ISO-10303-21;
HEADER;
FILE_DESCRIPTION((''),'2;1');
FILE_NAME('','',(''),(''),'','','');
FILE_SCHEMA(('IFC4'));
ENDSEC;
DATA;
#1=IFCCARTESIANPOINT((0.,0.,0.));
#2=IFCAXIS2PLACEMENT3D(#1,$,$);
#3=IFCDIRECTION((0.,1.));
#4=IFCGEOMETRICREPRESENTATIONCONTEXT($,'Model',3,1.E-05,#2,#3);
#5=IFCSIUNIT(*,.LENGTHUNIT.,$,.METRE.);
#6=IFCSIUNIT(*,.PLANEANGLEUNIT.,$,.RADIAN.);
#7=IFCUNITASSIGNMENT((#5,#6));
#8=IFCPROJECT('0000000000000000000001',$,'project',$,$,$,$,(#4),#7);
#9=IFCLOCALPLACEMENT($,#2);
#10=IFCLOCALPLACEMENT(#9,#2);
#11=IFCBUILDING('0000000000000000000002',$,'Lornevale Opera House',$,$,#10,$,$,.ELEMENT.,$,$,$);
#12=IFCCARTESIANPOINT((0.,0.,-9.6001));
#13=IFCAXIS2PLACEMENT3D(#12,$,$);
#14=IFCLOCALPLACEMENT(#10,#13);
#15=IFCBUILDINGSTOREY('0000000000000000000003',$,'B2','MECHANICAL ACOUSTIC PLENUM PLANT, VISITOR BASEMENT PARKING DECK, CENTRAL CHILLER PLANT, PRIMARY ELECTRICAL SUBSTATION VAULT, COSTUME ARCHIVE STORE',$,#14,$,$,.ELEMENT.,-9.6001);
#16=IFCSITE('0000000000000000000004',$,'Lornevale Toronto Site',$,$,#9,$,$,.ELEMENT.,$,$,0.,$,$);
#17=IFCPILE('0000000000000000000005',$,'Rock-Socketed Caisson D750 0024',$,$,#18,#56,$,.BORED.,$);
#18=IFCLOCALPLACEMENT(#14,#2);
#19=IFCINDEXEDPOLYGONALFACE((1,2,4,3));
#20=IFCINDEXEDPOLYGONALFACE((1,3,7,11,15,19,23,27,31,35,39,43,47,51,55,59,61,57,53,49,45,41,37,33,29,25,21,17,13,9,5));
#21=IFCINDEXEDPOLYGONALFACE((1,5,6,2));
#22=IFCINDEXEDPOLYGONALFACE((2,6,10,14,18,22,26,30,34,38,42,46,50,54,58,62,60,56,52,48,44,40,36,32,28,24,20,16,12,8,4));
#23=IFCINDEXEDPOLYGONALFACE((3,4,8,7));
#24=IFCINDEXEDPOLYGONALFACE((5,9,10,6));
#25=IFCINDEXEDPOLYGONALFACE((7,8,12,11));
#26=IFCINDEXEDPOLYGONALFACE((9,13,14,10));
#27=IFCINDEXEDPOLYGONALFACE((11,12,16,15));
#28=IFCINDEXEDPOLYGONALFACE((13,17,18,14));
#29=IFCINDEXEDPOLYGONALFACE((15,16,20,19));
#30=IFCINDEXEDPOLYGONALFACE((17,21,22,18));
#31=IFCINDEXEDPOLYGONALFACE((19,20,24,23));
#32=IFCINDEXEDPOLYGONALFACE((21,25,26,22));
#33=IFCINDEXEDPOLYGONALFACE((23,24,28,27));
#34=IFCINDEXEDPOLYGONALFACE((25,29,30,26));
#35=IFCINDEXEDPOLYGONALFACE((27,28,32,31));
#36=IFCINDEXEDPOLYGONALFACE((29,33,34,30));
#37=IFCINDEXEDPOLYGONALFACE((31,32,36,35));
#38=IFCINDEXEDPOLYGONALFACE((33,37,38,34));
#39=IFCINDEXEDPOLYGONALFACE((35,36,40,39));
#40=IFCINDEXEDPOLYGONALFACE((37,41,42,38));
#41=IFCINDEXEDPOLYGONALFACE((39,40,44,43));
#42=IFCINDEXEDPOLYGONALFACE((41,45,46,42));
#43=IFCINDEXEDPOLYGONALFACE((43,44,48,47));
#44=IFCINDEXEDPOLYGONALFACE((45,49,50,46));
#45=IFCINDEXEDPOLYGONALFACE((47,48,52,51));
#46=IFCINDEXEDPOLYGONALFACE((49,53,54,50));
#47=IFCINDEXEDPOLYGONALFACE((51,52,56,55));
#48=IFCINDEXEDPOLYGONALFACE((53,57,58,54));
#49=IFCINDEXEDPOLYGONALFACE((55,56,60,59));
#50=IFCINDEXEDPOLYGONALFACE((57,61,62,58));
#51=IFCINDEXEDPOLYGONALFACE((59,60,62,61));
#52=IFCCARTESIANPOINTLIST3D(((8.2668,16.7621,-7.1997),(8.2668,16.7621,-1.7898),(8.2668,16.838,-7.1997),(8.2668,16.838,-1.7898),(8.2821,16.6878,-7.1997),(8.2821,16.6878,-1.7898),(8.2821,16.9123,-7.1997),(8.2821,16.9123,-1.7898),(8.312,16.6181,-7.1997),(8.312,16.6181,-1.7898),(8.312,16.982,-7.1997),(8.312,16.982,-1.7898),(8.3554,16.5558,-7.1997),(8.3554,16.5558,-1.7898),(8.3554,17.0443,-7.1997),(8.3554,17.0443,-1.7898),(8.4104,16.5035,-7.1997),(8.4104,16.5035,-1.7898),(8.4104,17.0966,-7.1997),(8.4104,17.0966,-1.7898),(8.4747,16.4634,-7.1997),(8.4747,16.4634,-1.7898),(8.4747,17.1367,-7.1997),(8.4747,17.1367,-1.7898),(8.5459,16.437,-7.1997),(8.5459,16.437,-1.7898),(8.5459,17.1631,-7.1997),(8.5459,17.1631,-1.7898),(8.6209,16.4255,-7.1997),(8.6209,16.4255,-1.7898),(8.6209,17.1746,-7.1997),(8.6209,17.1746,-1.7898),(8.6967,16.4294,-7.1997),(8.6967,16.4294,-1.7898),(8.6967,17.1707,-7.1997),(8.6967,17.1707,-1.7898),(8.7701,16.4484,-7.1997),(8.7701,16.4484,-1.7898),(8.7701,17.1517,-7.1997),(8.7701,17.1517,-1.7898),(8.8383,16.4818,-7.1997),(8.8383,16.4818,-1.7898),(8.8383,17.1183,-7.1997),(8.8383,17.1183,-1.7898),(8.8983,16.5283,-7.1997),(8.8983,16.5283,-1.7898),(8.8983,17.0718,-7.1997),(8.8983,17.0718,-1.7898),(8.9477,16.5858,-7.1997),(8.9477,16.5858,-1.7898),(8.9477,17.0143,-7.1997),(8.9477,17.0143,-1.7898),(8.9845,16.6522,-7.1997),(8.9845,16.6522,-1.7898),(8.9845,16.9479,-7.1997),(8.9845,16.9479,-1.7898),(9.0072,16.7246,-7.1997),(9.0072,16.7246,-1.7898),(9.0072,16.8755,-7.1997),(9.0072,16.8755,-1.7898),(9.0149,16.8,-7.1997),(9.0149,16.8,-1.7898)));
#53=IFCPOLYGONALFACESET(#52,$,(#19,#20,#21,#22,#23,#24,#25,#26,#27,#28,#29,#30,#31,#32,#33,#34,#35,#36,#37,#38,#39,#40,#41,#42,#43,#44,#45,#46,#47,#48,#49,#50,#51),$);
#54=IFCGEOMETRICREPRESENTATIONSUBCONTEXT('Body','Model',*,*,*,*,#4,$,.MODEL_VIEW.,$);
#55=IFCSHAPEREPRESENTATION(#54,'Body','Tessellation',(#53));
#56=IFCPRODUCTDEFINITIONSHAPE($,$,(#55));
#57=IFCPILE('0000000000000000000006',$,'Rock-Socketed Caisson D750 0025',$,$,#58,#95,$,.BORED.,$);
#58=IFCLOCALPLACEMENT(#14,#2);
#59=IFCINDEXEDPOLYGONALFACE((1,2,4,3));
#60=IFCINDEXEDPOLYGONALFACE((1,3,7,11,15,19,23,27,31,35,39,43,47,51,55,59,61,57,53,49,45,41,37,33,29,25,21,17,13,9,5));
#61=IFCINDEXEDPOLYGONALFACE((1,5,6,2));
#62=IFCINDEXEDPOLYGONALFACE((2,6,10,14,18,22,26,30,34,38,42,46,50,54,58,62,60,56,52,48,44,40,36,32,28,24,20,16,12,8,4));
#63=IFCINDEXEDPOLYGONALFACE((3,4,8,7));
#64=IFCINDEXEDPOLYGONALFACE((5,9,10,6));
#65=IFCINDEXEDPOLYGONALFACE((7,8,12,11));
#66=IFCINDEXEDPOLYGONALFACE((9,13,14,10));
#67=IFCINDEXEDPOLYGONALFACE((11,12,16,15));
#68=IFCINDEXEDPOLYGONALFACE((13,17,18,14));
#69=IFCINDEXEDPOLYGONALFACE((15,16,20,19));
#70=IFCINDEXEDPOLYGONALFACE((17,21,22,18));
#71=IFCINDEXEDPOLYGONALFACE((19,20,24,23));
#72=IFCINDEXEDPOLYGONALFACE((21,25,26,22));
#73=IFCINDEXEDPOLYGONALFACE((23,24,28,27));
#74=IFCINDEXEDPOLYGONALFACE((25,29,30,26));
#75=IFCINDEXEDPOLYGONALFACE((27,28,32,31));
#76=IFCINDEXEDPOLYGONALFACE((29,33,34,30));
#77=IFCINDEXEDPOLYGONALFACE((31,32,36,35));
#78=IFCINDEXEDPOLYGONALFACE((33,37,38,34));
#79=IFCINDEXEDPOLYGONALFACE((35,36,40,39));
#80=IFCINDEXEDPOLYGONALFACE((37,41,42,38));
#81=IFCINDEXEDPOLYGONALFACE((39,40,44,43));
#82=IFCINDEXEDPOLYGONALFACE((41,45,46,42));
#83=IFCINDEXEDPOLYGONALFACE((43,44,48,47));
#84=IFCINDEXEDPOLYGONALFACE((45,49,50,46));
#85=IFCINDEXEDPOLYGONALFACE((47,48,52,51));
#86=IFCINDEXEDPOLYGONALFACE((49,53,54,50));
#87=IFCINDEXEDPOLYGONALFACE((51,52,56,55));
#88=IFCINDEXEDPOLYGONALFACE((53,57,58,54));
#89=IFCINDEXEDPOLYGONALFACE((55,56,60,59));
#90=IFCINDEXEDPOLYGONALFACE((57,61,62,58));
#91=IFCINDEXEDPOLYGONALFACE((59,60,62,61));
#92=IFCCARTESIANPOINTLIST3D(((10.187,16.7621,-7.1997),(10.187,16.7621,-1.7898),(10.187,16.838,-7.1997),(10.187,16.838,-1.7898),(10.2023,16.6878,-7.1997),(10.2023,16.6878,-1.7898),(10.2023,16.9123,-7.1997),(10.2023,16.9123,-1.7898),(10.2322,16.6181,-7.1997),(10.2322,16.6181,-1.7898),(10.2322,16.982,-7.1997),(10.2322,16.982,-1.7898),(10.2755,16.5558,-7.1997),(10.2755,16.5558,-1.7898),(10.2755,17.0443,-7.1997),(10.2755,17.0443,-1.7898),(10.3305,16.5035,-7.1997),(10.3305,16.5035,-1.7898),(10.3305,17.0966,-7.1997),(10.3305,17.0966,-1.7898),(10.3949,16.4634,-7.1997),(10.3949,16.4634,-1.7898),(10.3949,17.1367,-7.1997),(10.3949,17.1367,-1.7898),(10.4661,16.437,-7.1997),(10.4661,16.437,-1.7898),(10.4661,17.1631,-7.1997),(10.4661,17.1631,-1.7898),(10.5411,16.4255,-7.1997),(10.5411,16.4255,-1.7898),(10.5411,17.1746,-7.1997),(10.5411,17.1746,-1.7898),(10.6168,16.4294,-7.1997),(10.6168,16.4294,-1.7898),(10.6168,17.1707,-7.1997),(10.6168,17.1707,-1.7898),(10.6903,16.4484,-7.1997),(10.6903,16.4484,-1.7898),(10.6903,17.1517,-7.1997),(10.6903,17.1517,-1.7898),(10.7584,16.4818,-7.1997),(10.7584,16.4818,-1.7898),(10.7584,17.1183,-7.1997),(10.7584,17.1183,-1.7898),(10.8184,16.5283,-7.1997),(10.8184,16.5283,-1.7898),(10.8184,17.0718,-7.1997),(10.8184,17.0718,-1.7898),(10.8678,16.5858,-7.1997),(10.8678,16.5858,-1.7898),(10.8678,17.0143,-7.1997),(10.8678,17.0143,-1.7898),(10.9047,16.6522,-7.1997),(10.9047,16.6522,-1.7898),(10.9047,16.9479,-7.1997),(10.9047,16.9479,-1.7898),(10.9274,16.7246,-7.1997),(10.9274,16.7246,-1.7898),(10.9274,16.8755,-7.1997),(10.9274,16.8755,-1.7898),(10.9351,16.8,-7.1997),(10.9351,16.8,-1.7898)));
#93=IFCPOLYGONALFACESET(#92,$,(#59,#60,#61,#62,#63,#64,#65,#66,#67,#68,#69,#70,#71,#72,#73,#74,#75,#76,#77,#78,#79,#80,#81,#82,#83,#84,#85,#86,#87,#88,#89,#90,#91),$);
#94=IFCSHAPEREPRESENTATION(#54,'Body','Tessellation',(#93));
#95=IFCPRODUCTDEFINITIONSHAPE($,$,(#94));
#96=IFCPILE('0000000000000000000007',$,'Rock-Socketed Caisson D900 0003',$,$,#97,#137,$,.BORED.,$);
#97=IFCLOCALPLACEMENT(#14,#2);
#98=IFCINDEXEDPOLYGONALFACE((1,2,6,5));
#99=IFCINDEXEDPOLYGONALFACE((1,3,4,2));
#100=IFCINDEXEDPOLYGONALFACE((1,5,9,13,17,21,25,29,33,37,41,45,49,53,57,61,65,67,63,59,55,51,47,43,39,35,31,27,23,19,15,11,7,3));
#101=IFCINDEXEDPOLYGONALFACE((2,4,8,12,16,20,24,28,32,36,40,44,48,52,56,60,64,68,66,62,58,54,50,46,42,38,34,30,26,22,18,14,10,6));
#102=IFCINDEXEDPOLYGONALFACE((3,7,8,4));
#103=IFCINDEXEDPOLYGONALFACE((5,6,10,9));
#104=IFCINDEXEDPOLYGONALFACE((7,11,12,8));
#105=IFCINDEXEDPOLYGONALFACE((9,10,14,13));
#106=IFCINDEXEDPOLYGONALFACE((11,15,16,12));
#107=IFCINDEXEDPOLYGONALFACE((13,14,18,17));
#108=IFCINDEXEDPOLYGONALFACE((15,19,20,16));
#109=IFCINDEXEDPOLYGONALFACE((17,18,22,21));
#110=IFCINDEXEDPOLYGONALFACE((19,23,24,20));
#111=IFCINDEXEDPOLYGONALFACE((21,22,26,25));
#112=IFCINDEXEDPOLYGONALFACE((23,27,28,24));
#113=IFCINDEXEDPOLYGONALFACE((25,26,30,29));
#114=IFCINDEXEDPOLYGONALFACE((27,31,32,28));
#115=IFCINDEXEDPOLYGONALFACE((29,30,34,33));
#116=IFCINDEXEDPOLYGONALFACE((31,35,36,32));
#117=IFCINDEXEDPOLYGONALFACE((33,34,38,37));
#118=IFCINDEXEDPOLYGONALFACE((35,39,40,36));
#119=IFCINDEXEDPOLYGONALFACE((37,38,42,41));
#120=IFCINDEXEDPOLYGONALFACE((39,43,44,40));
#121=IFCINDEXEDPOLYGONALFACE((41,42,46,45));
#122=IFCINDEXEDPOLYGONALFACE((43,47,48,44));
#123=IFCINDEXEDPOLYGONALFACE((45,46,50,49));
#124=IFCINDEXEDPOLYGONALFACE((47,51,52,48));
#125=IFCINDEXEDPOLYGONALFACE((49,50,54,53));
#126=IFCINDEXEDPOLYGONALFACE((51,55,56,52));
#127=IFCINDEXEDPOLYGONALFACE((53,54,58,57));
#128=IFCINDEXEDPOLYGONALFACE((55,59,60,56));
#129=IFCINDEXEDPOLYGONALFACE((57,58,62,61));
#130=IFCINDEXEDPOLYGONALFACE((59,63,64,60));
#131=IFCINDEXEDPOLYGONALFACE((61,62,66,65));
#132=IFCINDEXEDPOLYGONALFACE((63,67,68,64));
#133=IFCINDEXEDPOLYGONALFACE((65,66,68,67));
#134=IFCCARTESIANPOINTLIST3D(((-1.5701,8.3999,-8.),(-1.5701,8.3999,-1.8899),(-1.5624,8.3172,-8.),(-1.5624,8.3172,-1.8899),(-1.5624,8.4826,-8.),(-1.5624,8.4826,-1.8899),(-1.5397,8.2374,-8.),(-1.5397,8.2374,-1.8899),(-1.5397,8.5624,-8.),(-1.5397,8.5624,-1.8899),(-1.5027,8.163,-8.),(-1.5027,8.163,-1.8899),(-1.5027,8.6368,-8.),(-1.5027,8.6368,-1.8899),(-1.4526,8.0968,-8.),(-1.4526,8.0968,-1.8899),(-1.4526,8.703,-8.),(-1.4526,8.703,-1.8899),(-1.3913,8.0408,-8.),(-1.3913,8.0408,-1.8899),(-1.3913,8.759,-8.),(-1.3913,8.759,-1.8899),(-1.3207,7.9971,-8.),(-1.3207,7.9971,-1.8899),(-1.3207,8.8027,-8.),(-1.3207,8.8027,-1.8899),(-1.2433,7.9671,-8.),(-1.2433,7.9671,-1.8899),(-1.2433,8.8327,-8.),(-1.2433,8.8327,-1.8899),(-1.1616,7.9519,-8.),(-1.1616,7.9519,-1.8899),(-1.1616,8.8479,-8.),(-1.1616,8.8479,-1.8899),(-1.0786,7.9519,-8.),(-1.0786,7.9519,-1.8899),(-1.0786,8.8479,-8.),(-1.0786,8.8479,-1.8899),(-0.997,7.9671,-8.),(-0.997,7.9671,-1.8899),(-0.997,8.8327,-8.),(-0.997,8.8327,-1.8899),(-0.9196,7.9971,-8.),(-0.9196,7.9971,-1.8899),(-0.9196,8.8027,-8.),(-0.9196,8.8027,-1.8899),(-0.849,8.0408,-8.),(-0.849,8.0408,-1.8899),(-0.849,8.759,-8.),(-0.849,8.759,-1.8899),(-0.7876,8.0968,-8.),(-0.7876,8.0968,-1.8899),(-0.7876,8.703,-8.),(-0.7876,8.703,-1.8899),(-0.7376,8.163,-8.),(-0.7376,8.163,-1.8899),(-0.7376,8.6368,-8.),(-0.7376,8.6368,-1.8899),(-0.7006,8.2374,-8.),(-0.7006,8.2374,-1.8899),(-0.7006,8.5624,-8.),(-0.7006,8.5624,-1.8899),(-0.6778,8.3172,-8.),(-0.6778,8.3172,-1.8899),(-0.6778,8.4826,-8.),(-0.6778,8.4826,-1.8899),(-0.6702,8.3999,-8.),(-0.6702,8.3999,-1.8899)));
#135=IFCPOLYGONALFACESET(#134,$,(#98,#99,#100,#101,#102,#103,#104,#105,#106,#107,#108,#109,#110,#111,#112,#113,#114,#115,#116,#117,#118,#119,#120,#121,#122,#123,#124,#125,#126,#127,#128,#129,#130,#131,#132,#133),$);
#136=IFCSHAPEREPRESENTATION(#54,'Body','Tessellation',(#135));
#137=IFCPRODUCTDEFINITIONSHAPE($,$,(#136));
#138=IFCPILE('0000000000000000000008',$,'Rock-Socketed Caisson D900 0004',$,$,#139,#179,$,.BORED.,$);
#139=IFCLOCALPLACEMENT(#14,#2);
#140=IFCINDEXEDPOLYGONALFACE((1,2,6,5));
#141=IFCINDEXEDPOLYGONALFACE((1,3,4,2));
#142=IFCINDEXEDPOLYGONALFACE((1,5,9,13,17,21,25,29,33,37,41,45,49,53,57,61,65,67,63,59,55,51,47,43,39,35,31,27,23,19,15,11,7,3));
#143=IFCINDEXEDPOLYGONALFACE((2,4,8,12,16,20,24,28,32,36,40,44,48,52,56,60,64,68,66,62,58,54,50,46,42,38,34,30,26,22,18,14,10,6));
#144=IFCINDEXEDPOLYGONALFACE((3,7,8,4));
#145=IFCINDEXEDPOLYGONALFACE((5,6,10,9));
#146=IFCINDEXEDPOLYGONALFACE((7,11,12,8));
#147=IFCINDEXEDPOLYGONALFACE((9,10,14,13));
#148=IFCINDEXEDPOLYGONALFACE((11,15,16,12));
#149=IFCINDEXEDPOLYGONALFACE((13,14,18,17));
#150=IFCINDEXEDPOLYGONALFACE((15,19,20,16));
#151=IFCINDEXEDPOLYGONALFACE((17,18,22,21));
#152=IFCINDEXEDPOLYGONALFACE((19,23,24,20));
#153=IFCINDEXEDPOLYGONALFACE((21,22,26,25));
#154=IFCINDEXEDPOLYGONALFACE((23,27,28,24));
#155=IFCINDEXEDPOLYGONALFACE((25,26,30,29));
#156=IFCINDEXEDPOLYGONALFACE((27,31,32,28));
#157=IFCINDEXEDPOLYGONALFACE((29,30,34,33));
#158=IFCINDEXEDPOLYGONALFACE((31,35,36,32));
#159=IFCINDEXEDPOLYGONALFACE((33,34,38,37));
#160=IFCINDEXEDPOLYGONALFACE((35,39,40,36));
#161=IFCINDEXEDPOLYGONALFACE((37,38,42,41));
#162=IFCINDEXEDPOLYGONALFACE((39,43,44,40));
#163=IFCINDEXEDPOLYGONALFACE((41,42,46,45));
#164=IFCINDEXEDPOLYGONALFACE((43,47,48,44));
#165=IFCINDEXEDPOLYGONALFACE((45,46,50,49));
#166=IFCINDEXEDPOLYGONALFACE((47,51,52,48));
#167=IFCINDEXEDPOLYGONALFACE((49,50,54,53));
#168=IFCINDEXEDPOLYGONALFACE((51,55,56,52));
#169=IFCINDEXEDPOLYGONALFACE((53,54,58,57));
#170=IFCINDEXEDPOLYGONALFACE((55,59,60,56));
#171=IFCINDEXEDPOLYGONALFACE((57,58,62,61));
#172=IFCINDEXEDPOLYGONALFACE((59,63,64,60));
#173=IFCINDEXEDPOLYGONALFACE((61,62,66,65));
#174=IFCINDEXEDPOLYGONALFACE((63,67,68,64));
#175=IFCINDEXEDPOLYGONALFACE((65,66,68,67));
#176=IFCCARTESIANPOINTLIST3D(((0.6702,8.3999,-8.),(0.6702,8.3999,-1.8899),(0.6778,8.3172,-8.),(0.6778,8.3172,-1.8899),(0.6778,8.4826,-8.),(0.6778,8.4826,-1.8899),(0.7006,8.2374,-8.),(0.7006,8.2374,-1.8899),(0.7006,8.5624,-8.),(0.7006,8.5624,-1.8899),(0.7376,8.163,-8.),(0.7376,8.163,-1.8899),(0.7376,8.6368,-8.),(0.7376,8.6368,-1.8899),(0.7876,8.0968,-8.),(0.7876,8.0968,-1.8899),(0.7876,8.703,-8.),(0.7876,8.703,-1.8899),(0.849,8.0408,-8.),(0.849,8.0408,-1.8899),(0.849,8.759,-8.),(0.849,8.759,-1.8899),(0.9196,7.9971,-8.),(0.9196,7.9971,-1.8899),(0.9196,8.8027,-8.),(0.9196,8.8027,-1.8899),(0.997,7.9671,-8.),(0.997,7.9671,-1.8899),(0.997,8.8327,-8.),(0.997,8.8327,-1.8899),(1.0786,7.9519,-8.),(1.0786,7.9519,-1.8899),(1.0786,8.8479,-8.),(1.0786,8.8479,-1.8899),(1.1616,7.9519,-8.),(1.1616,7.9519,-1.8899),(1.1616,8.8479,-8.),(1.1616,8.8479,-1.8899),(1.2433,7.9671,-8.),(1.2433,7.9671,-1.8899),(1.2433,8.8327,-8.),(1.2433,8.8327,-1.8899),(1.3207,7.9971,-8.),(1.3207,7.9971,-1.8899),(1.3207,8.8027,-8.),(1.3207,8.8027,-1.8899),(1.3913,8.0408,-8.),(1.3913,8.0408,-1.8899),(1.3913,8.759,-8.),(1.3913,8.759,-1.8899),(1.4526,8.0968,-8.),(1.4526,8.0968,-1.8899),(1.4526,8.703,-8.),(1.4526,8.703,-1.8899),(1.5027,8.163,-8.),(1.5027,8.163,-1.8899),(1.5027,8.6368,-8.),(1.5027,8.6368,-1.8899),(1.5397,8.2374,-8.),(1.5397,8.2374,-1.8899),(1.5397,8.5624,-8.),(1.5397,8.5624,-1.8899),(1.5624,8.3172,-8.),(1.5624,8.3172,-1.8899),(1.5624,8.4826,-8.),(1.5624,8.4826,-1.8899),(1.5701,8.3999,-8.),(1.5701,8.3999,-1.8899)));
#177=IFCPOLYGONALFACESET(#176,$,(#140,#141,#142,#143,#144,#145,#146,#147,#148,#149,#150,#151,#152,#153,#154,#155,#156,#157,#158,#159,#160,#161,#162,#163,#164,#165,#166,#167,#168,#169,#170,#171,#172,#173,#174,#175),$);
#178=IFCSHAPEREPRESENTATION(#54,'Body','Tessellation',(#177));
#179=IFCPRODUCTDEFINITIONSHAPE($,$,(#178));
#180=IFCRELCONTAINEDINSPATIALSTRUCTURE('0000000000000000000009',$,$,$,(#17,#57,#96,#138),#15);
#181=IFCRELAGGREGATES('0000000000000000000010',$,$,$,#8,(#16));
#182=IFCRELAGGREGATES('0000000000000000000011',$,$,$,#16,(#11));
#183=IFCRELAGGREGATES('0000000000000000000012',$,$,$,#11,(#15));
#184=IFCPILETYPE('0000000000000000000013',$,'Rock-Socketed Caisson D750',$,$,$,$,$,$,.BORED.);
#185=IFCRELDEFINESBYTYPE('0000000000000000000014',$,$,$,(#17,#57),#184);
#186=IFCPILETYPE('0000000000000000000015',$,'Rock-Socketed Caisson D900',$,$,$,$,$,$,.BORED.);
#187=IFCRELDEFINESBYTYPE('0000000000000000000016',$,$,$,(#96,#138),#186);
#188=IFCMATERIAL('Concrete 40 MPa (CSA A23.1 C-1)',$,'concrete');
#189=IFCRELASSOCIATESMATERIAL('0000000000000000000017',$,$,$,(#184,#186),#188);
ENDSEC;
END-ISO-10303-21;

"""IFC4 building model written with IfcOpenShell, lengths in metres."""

from ifc_helpers import new_model, si_unit, direction, frame, origin, origin_2d, place, context, subcontext, project, spatial, circle, extrude, material, material_profile, profile_set, type_object, element, save


model = new_model("IFC4")

# Units and contexts
model_context = context("Model", 3, precision=1e-05, world=origin(), true_north=direction((0.0, 1.0)))
body_context = subcontext(model_context, "Body", "Model", "MODEL_VIEW")
ifc_project = project(units=[si_unit("LENGTHUNIT", "METRE"), si_unit("PLANEANGLEUNIT", "RADIAN")], contexts=[model_context])

# Site, building, storey
site_placement = place(None, origin())
site = spatial("IfcSite", under=ifc_project, at=site_placement, Name="Lornevale Toronto Site", CompositionType="ELEMENT", RefElevation=0.0)
building_placement = place(site_placement, origin())
building = spatial("IfcBuilding", under=site, at=building_placement, Name="Lornevale Opera House", CompositionType="ELEMENT")
storey_placement = place(building_placement, frame((0.0, 0.0, -9.6001)))
storey = spatial("IfcBuildingStorey", under=building, at=storey_placement, Name="B2", Description="MECHANICAL ACOUSTIC PLENUM PLANT, VISITOR BASEMENT PARKING DECK, CENTRAL CHILLER PLANT, PRIMARY ELECTRICAL SUBSTATION VAULT, COSTUME ARCHIVE STORE", CompositionType="ELEMENT", Elevation=-9.6001)

# Shared definitions
ifc_material_1 = material(Name="Concrete 40 MPa (CSA A23.1 C-1)", Category="concrete")

# Piles
ifc_material_profile_1 = material_profile(ifc_material_1, circle(Radius=0.375, at=origin_2d()), Name="CAIS750")
ifc_profile_set_1 = profile_set([ifc_material_profile_1], Name="Concrete 40 MPa (CSA A23.1 C-1)")
pile_type_1 = type_object("IfcPileType", Name="Rock-Socketed Caisson D750", PredefinedType="BORED", material=ifc_profile_set_1)
for number, where, z_axis, x_axis, name in (
    (1, (8.6399, 16.8, -1.7898), (0.0, 0.0, -1.0), (1.0, 0.0, 0.0), "Rock-Socketed Caisson D750 0024"),
    (2, (10.5601, 16.8, -1.7898), (0.0, 0.0, -1.0), (1.0, 0.0, 0.0), "Rock-Socketed Caisson D750 0025"),
):
    element("IfcPile", number, at=place(storey_placement, frame(where, z_axis=z_axis, x_axis=x_axis)), inside=storey, type_object=pile_type_1, Name=name, PredefinedType="BORED", context=body_context, shape_type="SweptSolid", body=[
        extrude(circle(Radius=0.375, at=origin_2d()), origin(), (0.0, 0.0, 1.0), 5.4099),
    ])
ifc_material_profile_2 = material_profile(ifc_material_1, circle(Radius=0.45, at=origin_2d()), Name="CAIS900")
ifc_profile_set_2 = profile_set([ifc_material_profile_2], Name="Concrete 40 MPa (CSA A23.1 C-1)")
pile_type_2 = type_object("IfcPileType", Name="Rock-Socketed Caisson D900", PredefinedType="BORED", material=ifc_profile_set_2)
for number, where, z_axis, x_axis, name in (
    (3, (-1.1201, 8.3999, -1.8899), (0.0, 0.0, -1.0), (1.0, 0.0, 0.0), "Rock-Socketed Caisson D900 0003"),
    (4, (1.1201, 8.3999, -1.8899), (0.0, 0.0, -1.0), (1.0, 0.0, 0.0), "Rock-Socketed Caisson D900 0004"),
):
    element("IfcPile", number, at=place(storey_placement, frame(where, z_axis=z_axis, x_axis=x_axis)), inside=storey, type_object=pile_type_2, Name=name, PredefinedType="BORED", context=body_context, shape_type="SweptSolid", body=[
        extrude(circle(Radius=0.45, at=origin_2d()), origin(), (0.0, 0.0, 1.0), 6.1101),
    ])

save(model, "model.ifc")
